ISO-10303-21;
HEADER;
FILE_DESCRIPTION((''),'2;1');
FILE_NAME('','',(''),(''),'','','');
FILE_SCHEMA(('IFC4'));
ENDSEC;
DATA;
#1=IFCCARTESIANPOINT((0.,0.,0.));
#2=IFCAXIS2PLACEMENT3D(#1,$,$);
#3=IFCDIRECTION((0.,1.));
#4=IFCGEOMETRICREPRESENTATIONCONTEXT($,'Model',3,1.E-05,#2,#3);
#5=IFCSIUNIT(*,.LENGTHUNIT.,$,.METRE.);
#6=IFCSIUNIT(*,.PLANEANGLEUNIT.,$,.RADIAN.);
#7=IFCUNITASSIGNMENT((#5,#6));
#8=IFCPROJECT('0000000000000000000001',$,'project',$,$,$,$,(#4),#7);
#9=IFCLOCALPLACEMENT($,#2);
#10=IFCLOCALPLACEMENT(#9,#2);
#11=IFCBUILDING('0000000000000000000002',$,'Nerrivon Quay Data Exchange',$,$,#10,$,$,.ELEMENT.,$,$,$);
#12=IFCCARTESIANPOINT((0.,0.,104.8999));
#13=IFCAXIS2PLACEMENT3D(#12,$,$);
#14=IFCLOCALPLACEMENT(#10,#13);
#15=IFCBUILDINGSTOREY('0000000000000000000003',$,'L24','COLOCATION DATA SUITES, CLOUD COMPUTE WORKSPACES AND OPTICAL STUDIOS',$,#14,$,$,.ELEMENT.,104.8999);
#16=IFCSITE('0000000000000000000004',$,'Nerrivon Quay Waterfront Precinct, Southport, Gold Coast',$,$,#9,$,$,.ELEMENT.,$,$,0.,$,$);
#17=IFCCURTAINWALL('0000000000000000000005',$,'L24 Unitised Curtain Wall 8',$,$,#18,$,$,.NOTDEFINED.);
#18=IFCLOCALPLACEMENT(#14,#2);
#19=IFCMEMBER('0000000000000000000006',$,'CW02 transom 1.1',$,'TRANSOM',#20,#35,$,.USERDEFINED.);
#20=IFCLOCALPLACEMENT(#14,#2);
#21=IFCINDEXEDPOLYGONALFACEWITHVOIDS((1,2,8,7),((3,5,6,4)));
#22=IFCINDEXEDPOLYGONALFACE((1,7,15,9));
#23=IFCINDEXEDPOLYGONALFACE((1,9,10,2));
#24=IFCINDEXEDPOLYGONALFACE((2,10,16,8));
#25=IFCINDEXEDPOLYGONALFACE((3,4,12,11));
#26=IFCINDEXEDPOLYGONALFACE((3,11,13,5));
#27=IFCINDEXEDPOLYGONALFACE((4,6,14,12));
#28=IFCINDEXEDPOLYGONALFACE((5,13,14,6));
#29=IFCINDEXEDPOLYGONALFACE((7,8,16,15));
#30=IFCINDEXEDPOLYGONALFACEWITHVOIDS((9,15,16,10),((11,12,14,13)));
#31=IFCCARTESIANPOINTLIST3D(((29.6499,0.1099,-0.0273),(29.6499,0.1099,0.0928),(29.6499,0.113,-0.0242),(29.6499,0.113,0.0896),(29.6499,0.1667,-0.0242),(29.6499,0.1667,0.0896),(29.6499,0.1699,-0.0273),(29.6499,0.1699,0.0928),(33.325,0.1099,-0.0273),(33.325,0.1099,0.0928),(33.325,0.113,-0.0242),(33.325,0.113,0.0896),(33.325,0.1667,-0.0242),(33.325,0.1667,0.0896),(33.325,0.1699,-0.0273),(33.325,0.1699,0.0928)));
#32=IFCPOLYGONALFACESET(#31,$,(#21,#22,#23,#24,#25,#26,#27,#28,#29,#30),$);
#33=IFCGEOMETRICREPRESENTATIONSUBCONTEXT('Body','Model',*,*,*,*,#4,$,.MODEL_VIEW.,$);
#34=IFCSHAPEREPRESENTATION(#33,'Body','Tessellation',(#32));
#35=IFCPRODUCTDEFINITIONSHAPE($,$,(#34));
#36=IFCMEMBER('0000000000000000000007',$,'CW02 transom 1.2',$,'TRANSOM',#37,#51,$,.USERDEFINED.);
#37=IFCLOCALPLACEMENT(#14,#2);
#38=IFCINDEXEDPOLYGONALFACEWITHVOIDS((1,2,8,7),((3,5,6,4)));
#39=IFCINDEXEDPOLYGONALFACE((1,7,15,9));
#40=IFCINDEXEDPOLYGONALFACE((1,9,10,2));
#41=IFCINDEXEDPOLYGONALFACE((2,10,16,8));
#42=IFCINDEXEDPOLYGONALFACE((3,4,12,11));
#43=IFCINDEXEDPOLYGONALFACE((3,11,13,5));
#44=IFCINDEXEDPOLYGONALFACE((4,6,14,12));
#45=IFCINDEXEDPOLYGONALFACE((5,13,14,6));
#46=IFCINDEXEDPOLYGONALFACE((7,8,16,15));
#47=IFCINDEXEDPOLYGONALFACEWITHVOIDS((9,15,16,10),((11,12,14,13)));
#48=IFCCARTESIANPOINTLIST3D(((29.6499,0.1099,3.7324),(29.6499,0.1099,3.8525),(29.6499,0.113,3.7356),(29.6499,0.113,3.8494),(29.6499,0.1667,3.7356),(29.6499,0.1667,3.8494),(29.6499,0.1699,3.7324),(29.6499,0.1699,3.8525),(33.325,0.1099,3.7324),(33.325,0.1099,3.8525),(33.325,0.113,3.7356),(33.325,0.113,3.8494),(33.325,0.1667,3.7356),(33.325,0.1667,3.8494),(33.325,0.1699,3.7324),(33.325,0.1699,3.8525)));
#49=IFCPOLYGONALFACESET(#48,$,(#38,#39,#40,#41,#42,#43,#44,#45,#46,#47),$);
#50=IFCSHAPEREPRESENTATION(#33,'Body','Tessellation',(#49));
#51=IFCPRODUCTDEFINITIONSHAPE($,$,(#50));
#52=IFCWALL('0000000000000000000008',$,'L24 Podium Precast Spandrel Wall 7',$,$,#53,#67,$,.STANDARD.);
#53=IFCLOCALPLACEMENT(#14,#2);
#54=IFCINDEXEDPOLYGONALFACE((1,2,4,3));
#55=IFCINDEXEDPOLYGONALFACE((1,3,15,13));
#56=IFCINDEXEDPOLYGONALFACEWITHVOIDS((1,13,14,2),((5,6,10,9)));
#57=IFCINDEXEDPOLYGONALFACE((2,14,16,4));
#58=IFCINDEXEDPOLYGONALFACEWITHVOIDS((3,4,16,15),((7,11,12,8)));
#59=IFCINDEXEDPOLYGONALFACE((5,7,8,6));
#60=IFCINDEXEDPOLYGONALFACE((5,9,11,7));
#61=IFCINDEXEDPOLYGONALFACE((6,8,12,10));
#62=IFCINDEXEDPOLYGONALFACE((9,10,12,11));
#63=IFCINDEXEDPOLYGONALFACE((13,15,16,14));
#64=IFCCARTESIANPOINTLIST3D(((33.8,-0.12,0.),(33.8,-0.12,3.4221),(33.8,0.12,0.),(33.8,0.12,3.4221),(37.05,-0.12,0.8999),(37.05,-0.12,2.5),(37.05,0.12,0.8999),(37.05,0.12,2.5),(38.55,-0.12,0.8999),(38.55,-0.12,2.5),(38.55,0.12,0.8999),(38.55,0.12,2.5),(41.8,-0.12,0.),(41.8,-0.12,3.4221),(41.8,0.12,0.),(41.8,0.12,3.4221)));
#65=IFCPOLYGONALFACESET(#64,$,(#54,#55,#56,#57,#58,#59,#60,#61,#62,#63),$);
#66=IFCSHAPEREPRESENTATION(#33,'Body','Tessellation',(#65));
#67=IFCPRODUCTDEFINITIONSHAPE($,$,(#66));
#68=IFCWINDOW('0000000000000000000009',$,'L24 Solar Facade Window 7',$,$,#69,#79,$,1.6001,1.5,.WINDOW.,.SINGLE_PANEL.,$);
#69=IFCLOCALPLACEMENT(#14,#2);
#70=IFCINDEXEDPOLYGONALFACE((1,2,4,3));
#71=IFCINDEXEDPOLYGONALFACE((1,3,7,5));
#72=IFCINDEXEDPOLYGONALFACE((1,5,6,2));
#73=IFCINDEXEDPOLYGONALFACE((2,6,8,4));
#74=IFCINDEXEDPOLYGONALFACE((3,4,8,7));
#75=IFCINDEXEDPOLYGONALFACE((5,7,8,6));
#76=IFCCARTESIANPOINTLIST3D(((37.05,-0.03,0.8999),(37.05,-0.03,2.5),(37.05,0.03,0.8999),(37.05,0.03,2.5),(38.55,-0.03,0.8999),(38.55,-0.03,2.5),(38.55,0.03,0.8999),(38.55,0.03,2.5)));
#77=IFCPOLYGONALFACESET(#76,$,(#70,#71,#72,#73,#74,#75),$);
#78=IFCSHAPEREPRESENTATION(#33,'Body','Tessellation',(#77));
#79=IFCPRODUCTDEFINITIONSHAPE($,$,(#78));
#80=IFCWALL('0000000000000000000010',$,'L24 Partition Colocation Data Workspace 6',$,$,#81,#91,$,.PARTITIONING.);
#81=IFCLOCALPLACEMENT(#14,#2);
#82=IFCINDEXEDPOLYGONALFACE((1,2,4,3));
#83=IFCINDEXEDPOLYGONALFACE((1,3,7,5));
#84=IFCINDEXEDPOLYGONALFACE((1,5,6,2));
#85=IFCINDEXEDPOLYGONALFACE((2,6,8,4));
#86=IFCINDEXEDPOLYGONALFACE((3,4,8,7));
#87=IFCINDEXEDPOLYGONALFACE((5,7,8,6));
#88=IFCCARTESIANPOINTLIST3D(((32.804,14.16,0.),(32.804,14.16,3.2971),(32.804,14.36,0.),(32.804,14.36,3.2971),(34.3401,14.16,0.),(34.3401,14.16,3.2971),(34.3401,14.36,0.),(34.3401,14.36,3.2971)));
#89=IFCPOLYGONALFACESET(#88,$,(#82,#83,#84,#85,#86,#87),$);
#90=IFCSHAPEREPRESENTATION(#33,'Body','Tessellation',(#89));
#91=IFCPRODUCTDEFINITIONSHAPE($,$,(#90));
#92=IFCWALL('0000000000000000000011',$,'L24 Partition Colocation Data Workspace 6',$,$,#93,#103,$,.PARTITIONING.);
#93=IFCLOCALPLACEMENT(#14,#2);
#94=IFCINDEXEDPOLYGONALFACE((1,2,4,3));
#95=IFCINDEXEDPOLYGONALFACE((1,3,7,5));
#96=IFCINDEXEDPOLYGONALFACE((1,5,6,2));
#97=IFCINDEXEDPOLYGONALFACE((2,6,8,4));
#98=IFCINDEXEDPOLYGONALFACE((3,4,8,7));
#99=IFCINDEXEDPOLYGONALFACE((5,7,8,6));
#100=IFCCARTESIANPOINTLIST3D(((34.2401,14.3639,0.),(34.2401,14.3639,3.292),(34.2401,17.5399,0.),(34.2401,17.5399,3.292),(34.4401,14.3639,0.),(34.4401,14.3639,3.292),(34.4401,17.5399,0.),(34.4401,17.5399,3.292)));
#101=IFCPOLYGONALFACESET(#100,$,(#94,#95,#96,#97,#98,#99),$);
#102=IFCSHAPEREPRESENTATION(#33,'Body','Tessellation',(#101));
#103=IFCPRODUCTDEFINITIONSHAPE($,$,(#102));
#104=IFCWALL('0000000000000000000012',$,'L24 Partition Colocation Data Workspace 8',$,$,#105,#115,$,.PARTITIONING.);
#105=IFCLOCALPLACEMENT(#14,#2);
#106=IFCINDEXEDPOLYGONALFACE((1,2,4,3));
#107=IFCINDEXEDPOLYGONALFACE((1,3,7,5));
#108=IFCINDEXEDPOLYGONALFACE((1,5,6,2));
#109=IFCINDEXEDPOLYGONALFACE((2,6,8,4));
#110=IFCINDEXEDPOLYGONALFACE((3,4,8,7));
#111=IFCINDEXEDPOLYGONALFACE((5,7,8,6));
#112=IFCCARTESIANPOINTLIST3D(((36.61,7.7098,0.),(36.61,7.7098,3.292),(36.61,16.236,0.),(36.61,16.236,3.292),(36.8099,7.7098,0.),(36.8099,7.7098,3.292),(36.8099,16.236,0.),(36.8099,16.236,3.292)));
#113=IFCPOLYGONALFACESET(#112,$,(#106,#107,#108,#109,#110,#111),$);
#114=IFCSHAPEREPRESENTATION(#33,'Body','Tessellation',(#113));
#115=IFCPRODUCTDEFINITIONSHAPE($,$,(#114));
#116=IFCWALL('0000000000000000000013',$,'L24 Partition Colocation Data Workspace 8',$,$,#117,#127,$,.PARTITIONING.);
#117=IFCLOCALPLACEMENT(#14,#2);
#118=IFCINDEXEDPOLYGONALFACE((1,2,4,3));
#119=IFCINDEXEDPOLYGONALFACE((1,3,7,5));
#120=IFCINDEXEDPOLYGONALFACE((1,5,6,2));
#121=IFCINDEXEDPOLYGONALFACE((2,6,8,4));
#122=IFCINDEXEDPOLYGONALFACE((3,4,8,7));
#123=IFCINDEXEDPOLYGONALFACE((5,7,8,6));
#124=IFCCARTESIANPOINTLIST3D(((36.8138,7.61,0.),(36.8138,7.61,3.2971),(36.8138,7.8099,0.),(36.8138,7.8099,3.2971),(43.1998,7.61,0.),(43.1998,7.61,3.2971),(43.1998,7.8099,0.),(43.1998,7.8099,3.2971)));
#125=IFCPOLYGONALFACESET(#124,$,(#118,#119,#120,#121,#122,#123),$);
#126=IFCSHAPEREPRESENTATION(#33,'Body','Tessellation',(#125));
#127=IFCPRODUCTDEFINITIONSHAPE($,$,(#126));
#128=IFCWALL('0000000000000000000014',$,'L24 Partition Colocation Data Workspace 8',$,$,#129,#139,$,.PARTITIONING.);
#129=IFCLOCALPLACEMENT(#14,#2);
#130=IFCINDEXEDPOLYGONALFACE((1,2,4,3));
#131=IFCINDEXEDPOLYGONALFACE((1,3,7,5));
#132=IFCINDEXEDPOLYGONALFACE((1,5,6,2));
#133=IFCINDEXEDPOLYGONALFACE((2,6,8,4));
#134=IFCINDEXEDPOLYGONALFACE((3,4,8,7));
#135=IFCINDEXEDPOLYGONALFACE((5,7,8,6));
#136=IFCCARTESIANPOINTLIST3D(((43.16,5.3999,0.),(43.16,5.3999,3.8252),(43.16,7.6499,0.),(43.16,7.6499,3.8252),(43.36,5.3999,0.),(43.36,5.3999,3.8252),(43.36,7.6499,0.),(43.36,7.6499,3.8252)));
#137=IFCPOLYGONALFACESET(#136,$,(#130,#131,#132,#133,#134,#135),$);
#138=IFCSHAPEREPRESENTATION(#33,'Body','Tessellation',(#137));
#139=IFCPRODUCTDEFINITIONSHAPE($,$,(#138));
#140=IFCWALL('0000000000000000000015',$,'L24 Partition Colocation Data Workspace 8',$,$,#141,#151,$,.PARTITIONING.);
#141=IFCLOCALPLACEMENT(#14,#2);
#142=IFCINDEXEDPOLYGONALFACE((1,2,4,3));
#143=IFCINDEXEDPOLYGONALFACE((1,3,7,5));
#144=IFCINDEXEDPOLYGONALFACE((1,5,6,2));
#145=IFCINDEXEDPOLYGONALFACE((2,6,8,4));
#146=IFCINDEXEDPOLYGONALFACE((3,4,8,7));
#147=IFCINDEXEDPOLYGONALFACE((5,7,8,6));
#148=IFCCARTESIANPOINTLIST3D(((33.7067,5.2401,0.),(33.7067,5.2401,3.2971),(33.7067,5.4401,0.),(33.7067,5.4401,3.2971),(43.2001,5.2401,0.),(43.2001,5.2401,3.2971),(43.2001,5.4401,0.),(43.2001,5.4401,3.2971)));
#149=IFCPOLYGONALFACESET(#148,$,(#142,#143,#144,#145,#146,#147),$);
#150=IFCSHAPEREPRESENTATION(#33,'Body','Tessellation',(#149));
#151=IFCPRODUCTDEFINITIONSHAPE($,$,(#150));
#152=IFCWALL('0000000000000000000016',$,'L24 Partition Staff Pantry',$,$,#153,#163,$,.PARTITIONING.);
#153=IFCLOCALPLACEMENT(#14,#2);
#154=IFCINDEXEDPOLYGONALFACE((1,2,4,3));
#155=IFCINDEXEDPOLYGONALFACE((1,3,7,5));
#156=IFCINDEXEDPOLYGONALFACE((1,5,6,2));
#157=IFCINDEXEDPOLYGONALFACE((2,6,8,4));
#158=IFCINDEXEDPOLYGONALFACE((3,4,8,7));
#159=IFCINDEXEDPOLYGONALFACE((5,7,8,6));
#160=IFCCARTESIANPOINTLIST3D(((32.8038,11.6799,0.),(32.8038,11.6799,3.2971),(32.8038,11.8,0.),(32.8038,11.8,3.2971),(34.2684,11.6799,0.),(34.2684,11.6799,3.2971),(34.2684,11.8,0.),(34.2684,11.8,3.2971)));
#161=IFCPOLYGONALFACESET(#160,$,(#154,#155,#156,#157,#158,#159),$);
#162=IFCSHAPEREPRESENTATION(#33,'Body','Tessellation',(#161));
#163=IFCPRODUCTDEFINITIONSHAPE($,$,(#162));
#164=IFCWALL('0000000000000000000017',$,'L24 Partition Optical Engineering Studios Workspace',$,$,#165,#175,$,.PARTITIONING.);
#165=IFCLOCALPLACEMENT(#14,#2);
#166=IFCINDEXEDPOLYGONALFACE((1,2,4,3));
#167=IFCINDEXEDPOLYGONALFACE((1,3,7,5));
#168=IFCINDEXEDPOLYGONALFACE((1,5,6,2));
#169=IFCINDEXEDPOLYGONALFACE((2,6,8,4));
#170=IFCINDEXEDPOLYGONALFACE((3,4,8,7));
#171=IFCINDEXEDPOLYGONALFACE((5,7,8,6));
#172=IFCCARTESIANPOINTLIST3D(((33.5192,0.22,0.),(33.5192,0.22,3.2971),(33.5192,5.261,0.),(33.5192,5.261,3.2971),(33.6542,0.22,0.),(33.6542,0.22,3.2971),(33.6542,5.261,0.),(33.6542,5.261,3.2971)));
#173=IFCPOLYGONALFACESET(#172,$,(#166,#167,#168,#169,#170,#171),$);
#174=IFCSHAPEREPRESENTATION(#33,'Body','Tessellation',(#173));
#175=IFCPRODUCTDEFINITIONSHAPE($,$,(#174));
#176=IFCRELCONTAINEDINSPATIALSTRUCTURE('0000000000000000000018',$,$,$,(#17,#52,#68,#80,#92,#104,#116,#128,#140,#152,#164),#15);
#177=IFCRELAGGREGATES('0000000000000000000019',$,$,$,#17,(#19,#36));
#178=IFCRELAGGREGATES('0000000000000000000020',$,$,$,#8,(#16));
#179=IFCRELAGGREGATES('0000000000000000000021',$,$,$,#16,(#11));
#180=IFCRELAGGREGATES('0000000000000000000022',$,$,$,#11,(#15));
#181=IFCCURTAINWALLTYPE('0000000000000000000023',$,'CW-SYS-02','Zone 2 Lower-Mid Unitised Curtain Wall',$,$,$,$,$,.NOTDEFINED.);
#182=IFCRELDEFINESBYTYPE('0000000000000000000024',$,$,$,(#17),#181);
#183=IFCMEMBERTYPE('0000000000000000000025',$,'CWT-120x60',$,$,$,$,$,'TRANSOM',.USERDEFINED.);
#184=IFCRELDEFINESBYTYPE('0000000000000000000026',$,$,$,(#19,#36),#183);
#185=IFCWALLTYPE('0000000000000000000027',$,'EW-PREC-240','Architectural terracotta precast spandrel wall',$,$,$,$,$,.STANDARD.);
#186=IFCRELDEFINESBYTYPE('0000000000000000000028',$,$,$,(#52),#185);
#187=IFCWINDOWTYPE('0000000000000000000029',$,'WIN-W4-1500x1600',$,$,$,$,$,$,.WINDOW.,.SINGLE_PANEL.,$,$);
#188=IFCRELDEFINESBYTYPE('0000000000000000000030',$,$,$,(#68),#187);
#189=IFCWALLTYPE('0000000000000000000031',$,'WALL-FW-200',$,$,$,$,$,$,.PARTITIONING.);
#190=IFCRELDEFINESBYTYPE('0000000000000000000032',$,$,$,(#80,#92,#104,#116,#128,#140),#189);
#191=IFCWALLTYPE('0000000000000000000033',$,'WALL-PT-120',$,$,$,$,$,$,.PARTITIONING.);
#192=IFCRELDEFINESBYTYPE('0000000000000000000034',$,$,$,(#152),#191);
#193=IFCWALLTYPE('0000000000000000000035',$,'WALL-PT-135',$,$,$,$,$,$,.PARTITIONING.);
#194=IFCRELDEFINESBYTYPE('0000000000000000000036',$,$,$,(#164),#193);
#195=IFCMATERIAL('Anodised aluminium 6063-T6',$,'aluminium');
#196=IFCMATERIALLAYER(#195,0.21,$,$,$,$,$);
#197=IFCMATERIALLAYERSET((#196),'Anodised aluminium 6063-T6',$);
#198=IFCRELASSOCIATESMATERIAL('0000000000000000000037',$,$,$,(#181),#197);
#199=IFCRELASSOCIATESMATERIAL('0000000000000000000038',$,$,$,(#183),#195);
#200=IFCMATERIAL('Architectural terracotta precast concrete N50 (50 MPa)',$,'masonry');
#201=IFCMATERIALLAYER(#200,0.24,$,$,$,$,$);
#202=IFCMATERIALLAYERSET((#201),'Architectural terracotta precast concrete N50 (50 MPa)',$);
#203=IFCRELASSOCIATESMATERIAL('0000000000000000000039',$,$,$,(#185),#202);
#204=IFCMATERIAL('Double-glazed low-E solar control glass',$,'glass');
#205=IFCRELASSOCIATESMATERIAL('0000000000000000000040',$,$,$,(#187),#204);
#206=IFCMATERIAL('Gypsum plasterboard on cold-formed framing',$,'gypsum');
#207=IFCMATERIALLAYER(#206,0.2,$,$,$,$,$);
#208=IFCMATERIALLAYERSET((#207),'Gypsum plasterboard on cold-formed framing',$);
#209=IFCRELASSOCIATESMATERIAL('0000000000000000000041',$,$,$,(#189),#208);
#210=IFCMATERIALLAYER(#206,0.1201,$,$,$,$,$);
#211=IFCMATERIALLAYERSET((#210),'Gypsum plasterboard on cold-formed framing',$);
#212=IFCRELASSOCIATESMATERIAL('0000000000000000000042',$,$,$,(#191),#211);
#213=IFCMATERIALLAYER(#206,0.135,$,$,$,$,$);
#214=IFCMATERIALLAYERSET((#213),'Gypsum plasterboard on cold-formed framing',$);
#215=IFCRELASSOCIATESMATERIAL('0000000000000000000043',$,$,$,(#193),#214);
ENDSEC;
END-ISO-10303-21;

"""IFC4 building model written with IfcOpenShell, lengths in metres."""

from ifc_helpers import new_model, si_unit, direction, frame, frame_2d, origin, origin_2d, place, context, subcontext, project, spatial, rectangle, hollow_rectangle, extrude, material, layer, layer_set, material_profile, profile_set, type_object, element, fill, aggregate, save


model = new_model("IFC4")

# Units and contexts
model_context = context("Model", 3, precision=1e-05, world=origin(), true_north=direction((0.0, 1.0)))
body_context = subcontext(model_context, "Body", "Model", "MODEL_VIEW")
ifc_project = project(units=[si_unit("LENGTHUNIT", "METRE"), si_unit("PLANEANGLEUNIT", "RADIAN")], contexts=[model_context])

# Site, building, storey
site_placement = place(None, origin())
site = spatial("IfcSite", under=ifc_project, at=site_placement, Name="Nerrivon Quay Waterfront Precinct, Southport, Gold Coast", CompositionType="ELEMENT", RefElevation=0.0)
building_placement = place(site_placement, origin())
building = spatial("IfcBuilding", under=site, at=building_placement, Name="Nerrivon Quay Data Exchange", CompositionType="ELEMENT")
storey_placement = place(building_placement, frame((0.0, 0.0, 104.8999)))
storey = spatial("IfcBuildingStorey", under=building, at=storey_placement, Name="L24", Description="COLOCATION DATA SUITES, CLOUD COMPUTE WORKSPACES AND OPTICAL STUDIOS", CompositionType="ELEMENT", Elevation=104.8999)

# Shared definitions
ifc_material_1 = material(Name="Anodised aluminium 6063-T6", Category="aluminium")
ifc_layer_1 = layer(ifc_material_1, 0.21)
ifc_layer_set_1 = layer_set([ifc_layer_1], Name="Anodised aluminium 6063-T6")
curtain_wall_type = type_object("IfcCurtainWallType", Name="CW-SYS-02", Description="Zone 2 Lower-Mid Unitised Curtain Wall", PredefinedType="NOTDEFINED", material=ifc_layer_set_1)

# Curtain wall, members
curtain_wall_1_placement = place(storey_placement, origin())
curtain_wall_1 = element("IfcCurtainWall", 1, at=curtain_wall_1_placement, inside=storey, type_object=curtain_wall_type, Name="L24 Unitised Curtain Wall 8", PredefinedType="NOTDEFINED")
ifc_material_profile_1 = material_profile(ifc_material_1, hollow_rectangle(XDim=0.0601, YDim=0.1201, WallThickness=0.0032, at=origin_2d()), Name="ALU-TRAN-120x60")
ifc_profile_set_1 = profile_set([ifc_material_profile_1], Name="Anodised aluminium 6063-T6")
member_type_1 = type_object("IfcMemberType", Name="CWT-120x60", ElementType="TRANSOM", PredefinedType="USERDEFINED", material=ifc_profile_set_1)
member_1_placement = place(storey_placement, frame((33.325, 0.1399, 0.0327), z_axis=(-1.0, 0.0, 0.0), x_axis=(0.0, -1.0, 0.0)))
member_1 = element("IfcMember", 2, at=member_1_placement, type_object=member_type_1, Name="CW02 transom 1.1", ObjectType="TRANSOM", PredefinedType="USERDEFINED", context=body_context, shape_type="SweptSolid", body=[
    extrude(hollow_rectangle(XDim=0.0601, YDim=0.1201, WallThickness=0.0032, at=origin_2d()), origin(), (0.0, 0.0, 1.0), 3.675),
])
member_2_placement = place(storey_placement, frame((33.325, 0.1399, 3.7925), z_axis=(-1.0, 0.0, 0.0), x_axis=(0.0, -1.0, 0.0)))
member_2 = element("IfcMember", 3, at=member_2_placement, type_object=member_type_1, Name="CW02 transom 1.2", ObjectType="TRANSOM", PredefinedType="USERDEFINED", context=body_context, shape_type="SweptSolid", body=[
    extrude(hollow_rectangle(XDim=0.0601, YDim=0.1201, WallThickness=0.0032, at=origin_2d()), origin(), (0.0, 0.0, 1.0), 3.675),
])
aggregate(curtain_wall_1, [member_1, member_2])

# Wall, opening, window
ifc_material_2 = material(Name="Architectural terracotta precast concrete N50 (50 MPa)", Category="masonry")
ifc_layer_2 = layer(ifc_material_2, 0.24)
ifc_layer_set_2 = layer_set([ifc_layer_2], Name="Architectural terracotta precast concrete N50 (50 MPa)")
wall_type_1 = type_object("IfcWallType", Name="EW-PREC-240", Description="Architectural terracotta precast spandrel wall", PredefinedType="STANDARD", material=ifc_layer_set_2)
wall_1_placement = place(storey_placement, frame((41.8, 0.0, 0.0), z_axis=(0.0, 0.0, 1.0), x_axis=(-1.0, 0.0, 0.0)))
wall_1 = element("IfcWall", 4, at=wall_1_placement, inside=storey, type_object=wall_type_1, Name="L24 Podium Precast Spandrel Wall 7", PredefinedType="STANDARD", context=body_context, shape_type="SweptSolid", body=[
    extrude(rectangle(XDim=8.0, YDim=0.24, at=frame_2d((4.0, 0.0))), origin(), (0.0, 0.0, 1.0), 3.4221),
])
opening_1_placement = place(wall_1_placement, frame((3.25, 0.0, 0.8999)))
opening_1 = element("IfcOpeningElement", 5, at=opening_1_placement, cuts=wall_1, PredefinedType="OPENING", context=body_context, shape_type="SweptSolid", body=[
    extrude(rectangle(XDim=1.5, YDim=1.6001, at=frame_2d((0.75, 0.8))), frame((0.0, 0.1299, 0.0), z_axis=(0.0, -1.0, 0.0), x_axis=(1.0, 0.0, 0.0)), (0.0, 0.0, 1.0), 0.26),
])
ifc_material_3 = material(Name="Double-glazed low-E solar control glass", Category="glass")
window_type = type_object("IfcWindowType", Name="WIN-W4-1500x1600", PartitioningType="SINGLE_PANEL", PredefinedType="WINDOW", material=ifc_material_3)
window_placement = place(opening_1_placement, origin())
window = element("IfcWindow", 6, at=window_placement, inside=storey, type_object=window_type, Name="L24 Solar Facade Window 7", OverallHeight=1.6001, OverallWidth=1.5, PartitioningType="SINGLE_PANEL", PredefinedType="WINDOW", context=body_context, shape_type="SweptSolid", body=[
    extrude(rectangle(XDim=1.5, YDim=1.6001, at=frame_2d((0.75, 0.8))), frame((0.0, 0.03, 0.0), z_axis=(0.0, -1.0, 0.0), x_axis=(1.0, 0.0, 0.0)), (0.0, 0.0, 1.0), 0.0601),
])
fill(opening_1, window)

# Walls
ifc_material_4 = material(Name="Gypsum plasterboard on cold-formed framing", Category="gypsum")
ifc_layer_3 = layer(ifc_material_4, 0.2)
ifc_layer_set_3 = layer_set([ifc_layer_3], Name="Gypsum plasterboard on cold-formed framing")
wall_type_2 = type_object("IfcWallType", Name="WALL-FW-200", PredefinedType="PARTITIONING", material=ifc_layer_set_3)
wall_2_placement = place(storey_placement, frame((32.804, 14.26, 0.0), z_axis=(0.0, 0.0, 1.0), x_axis=(1.0, 0.0, 0.0)))
element("IfcWall", 7, at=wall_2_placement, inside=storey, type_object=wall_type_2, Name="L24 Partition Colocation Data Workspace 6", PredefinedType="PARTITIONING", context=body_context, shape_type="SweptSolid", body=[
    extrude(rectangle(XDim=1.5361, YDim=0.2, at=frame_2d((0.7681, 0.0))), origin(), (0.0, 0.0, 1.0), 3.2971),
])
wall_3_placement = place(storey_placement, frame((34.3401, 14.364, 0.0), z_axis=(0.0, 0.0, 1.0), x_axis=(0.0, 1.0, 0.0)))
element("IfcWall", 8, at=wall_3_placement, inside=storey, type_object=wall_type_2, Name="L24 Partition Colocation Data Workspace 6", PredefinedType="PARTITIONING", context=body_context, shape_type="SweptSolid", body=[
    extrude(rectangle(XDim=3.176, YDim=0.2, at=frame_2d((1.5879, 0.0))), origin(), (0.0, 0.0, 1.0), 3.292),
])
wall_4_placement = place(storey_placement, frame((36.71, 16.2361, 0.0), z_axis=(0.0, 0.0, 1.0), x_axis=(0.0, -1.0, 0.0)))
element("IfcWall", 9, at=wall_4_placement, inside=storey, type_object=wall_type_2, Name="L24 Partition Colocation Data Workspace 8", PredefinedType="PARTITIONING", context=body_context, shape_type="SweptSolid", body=[
    extrude(rectangle(XDim=8.5261, YDim=0.2, at=frame_2d((4.2632, 0.0))), origin(), (0.0, 0.0, 1.0), 3.292),
])
wall_5_placement = place(storey_placement, frame((36.814, 7.71, 0.0), z_axis=(0.0, 0.0, 1.0), x_axis=(1.0, 0.0, 0.0)))
element("IfcWall", 10, at=wall_5_placement, inside=storey, type_object=wall_type_2, Name="L24 Partition Colocation Data Workspace 8", PredefinedType="PARTITIONING", context=body_context, shape_type="SweptSolid", body=[
    extrude(rectangle(XDim=6.386, YDim=0.2, at=frame_2d((3.1929, 0.0))), origin(), (0.0, 0.0, 1.0), 3.2971),
])
wall_6_placement = place(storey_placement, frame((43.26, 7.6499, 0.0), z_axis=(0.0, 0.0, 1.0), x_axis=(0.0, -1.0, 0.0)))
element("IfcWall", 11, at=wall_6_placement, inside=storey, type_object=wall_type_2, Name="L24 Partition Colocation Data Workspace 8", PredefinedType="PARTITIONING", context=body_context, shape_type="SweptSolid", body=[
    extrude(rectangle(XDim=2.25, YDim=0.2, at=frame_2d((1.125, 0.0))), origin(), (0.0, 0.0, 1.0), 3.8252),
])
wall_7_placement = place(storey_placement, frame((43.2, 5.3401, 0.0), z_axis=(0.0, 0.0, 1.0), x_axis=(-1.0, 0.0, 0.0)))
element("IfcWall", 12, at=wall_7_placement, inside=storey, type_object=wall_type_2, Name="L24 Partition Colocation Data Workspace 8", PredefinedType="PARTITIONING", context=body_context, shape_type="SweptSolid", body=[
    extrude(rectangle(XDim=9.4934, YDim=0.2, at=frame_2d((4.7466, 0.0))), origin(), (0.0, 0.0, 1.0), 3.2971),
])
ifc_layer_4 = layer(ifc_material_4, 0.1201)
ifc_layer_set_4 = layer_set([ifc_layer_4], Name="Gypsum plasterboard on cold-formed framing")
wall_type_3 = type_object("IfcWallType", Name="WALL-PT-120", PredefinedType="PARTITIONING", material=ifc_layer_set_4)
wall_8_placement = place(storey_placement, frame((34.2686, 11.74, 0.0), z_axis=(0.0, 0.0, 1.0), x_axis=(-1.0, 0.0, 0.0)))
element("IfcWall", 13, at=wall_8_placement, inside=storey, type_object=wall_type_3, Name="L24 Partition Staff Pantry", PredefinedType="PARTITIONING", context=body_context, shape_type="SweptSolid", body=[
    extrude(rectangle(XDim=1.4646, YDim=0.1201, at=frame_2d((0.7324, 0.0))), origin(), (0.0, 0.0, 1.0), 3.2971),
])

# Shared definitions
ifc_layer_5 = layer(ifc_material_4, 0.135)
ifc_layer_set_5 = layer_set([ifc_layer_5], Name="Gypsum plasterboard on cold-formed framing")
wall_type_4 = type_object("IfcWallType", Name="WALL-PT-135", PredefinedType="PARTITIONING", material=ifc_layer_set_5)

# Wall
wall_9_placement = place(storey_placement, frame((33.5867, 0.22, 0.0), z_axis=(0.0, 0.0, 1.0), x_axis=(0.0, 1.0, 0.0)))
element("IfcWall", 14, at=wall_9_placement, inside=storey, type_object=wall_type_4, Name="L24 Partition Optical Engineering Studios Workspace", PredefinedType="PARTITIONING", context=body_context, shape_type="SweptSolid", body=[
    extrude(rectangle(XDim=5.041, YDim=0.135, at=frame_2d((2.5205, 0.0))), origin(), (0.0, 0.0, 1.0), 3.2971),
])

save(model, "model.ifc")
